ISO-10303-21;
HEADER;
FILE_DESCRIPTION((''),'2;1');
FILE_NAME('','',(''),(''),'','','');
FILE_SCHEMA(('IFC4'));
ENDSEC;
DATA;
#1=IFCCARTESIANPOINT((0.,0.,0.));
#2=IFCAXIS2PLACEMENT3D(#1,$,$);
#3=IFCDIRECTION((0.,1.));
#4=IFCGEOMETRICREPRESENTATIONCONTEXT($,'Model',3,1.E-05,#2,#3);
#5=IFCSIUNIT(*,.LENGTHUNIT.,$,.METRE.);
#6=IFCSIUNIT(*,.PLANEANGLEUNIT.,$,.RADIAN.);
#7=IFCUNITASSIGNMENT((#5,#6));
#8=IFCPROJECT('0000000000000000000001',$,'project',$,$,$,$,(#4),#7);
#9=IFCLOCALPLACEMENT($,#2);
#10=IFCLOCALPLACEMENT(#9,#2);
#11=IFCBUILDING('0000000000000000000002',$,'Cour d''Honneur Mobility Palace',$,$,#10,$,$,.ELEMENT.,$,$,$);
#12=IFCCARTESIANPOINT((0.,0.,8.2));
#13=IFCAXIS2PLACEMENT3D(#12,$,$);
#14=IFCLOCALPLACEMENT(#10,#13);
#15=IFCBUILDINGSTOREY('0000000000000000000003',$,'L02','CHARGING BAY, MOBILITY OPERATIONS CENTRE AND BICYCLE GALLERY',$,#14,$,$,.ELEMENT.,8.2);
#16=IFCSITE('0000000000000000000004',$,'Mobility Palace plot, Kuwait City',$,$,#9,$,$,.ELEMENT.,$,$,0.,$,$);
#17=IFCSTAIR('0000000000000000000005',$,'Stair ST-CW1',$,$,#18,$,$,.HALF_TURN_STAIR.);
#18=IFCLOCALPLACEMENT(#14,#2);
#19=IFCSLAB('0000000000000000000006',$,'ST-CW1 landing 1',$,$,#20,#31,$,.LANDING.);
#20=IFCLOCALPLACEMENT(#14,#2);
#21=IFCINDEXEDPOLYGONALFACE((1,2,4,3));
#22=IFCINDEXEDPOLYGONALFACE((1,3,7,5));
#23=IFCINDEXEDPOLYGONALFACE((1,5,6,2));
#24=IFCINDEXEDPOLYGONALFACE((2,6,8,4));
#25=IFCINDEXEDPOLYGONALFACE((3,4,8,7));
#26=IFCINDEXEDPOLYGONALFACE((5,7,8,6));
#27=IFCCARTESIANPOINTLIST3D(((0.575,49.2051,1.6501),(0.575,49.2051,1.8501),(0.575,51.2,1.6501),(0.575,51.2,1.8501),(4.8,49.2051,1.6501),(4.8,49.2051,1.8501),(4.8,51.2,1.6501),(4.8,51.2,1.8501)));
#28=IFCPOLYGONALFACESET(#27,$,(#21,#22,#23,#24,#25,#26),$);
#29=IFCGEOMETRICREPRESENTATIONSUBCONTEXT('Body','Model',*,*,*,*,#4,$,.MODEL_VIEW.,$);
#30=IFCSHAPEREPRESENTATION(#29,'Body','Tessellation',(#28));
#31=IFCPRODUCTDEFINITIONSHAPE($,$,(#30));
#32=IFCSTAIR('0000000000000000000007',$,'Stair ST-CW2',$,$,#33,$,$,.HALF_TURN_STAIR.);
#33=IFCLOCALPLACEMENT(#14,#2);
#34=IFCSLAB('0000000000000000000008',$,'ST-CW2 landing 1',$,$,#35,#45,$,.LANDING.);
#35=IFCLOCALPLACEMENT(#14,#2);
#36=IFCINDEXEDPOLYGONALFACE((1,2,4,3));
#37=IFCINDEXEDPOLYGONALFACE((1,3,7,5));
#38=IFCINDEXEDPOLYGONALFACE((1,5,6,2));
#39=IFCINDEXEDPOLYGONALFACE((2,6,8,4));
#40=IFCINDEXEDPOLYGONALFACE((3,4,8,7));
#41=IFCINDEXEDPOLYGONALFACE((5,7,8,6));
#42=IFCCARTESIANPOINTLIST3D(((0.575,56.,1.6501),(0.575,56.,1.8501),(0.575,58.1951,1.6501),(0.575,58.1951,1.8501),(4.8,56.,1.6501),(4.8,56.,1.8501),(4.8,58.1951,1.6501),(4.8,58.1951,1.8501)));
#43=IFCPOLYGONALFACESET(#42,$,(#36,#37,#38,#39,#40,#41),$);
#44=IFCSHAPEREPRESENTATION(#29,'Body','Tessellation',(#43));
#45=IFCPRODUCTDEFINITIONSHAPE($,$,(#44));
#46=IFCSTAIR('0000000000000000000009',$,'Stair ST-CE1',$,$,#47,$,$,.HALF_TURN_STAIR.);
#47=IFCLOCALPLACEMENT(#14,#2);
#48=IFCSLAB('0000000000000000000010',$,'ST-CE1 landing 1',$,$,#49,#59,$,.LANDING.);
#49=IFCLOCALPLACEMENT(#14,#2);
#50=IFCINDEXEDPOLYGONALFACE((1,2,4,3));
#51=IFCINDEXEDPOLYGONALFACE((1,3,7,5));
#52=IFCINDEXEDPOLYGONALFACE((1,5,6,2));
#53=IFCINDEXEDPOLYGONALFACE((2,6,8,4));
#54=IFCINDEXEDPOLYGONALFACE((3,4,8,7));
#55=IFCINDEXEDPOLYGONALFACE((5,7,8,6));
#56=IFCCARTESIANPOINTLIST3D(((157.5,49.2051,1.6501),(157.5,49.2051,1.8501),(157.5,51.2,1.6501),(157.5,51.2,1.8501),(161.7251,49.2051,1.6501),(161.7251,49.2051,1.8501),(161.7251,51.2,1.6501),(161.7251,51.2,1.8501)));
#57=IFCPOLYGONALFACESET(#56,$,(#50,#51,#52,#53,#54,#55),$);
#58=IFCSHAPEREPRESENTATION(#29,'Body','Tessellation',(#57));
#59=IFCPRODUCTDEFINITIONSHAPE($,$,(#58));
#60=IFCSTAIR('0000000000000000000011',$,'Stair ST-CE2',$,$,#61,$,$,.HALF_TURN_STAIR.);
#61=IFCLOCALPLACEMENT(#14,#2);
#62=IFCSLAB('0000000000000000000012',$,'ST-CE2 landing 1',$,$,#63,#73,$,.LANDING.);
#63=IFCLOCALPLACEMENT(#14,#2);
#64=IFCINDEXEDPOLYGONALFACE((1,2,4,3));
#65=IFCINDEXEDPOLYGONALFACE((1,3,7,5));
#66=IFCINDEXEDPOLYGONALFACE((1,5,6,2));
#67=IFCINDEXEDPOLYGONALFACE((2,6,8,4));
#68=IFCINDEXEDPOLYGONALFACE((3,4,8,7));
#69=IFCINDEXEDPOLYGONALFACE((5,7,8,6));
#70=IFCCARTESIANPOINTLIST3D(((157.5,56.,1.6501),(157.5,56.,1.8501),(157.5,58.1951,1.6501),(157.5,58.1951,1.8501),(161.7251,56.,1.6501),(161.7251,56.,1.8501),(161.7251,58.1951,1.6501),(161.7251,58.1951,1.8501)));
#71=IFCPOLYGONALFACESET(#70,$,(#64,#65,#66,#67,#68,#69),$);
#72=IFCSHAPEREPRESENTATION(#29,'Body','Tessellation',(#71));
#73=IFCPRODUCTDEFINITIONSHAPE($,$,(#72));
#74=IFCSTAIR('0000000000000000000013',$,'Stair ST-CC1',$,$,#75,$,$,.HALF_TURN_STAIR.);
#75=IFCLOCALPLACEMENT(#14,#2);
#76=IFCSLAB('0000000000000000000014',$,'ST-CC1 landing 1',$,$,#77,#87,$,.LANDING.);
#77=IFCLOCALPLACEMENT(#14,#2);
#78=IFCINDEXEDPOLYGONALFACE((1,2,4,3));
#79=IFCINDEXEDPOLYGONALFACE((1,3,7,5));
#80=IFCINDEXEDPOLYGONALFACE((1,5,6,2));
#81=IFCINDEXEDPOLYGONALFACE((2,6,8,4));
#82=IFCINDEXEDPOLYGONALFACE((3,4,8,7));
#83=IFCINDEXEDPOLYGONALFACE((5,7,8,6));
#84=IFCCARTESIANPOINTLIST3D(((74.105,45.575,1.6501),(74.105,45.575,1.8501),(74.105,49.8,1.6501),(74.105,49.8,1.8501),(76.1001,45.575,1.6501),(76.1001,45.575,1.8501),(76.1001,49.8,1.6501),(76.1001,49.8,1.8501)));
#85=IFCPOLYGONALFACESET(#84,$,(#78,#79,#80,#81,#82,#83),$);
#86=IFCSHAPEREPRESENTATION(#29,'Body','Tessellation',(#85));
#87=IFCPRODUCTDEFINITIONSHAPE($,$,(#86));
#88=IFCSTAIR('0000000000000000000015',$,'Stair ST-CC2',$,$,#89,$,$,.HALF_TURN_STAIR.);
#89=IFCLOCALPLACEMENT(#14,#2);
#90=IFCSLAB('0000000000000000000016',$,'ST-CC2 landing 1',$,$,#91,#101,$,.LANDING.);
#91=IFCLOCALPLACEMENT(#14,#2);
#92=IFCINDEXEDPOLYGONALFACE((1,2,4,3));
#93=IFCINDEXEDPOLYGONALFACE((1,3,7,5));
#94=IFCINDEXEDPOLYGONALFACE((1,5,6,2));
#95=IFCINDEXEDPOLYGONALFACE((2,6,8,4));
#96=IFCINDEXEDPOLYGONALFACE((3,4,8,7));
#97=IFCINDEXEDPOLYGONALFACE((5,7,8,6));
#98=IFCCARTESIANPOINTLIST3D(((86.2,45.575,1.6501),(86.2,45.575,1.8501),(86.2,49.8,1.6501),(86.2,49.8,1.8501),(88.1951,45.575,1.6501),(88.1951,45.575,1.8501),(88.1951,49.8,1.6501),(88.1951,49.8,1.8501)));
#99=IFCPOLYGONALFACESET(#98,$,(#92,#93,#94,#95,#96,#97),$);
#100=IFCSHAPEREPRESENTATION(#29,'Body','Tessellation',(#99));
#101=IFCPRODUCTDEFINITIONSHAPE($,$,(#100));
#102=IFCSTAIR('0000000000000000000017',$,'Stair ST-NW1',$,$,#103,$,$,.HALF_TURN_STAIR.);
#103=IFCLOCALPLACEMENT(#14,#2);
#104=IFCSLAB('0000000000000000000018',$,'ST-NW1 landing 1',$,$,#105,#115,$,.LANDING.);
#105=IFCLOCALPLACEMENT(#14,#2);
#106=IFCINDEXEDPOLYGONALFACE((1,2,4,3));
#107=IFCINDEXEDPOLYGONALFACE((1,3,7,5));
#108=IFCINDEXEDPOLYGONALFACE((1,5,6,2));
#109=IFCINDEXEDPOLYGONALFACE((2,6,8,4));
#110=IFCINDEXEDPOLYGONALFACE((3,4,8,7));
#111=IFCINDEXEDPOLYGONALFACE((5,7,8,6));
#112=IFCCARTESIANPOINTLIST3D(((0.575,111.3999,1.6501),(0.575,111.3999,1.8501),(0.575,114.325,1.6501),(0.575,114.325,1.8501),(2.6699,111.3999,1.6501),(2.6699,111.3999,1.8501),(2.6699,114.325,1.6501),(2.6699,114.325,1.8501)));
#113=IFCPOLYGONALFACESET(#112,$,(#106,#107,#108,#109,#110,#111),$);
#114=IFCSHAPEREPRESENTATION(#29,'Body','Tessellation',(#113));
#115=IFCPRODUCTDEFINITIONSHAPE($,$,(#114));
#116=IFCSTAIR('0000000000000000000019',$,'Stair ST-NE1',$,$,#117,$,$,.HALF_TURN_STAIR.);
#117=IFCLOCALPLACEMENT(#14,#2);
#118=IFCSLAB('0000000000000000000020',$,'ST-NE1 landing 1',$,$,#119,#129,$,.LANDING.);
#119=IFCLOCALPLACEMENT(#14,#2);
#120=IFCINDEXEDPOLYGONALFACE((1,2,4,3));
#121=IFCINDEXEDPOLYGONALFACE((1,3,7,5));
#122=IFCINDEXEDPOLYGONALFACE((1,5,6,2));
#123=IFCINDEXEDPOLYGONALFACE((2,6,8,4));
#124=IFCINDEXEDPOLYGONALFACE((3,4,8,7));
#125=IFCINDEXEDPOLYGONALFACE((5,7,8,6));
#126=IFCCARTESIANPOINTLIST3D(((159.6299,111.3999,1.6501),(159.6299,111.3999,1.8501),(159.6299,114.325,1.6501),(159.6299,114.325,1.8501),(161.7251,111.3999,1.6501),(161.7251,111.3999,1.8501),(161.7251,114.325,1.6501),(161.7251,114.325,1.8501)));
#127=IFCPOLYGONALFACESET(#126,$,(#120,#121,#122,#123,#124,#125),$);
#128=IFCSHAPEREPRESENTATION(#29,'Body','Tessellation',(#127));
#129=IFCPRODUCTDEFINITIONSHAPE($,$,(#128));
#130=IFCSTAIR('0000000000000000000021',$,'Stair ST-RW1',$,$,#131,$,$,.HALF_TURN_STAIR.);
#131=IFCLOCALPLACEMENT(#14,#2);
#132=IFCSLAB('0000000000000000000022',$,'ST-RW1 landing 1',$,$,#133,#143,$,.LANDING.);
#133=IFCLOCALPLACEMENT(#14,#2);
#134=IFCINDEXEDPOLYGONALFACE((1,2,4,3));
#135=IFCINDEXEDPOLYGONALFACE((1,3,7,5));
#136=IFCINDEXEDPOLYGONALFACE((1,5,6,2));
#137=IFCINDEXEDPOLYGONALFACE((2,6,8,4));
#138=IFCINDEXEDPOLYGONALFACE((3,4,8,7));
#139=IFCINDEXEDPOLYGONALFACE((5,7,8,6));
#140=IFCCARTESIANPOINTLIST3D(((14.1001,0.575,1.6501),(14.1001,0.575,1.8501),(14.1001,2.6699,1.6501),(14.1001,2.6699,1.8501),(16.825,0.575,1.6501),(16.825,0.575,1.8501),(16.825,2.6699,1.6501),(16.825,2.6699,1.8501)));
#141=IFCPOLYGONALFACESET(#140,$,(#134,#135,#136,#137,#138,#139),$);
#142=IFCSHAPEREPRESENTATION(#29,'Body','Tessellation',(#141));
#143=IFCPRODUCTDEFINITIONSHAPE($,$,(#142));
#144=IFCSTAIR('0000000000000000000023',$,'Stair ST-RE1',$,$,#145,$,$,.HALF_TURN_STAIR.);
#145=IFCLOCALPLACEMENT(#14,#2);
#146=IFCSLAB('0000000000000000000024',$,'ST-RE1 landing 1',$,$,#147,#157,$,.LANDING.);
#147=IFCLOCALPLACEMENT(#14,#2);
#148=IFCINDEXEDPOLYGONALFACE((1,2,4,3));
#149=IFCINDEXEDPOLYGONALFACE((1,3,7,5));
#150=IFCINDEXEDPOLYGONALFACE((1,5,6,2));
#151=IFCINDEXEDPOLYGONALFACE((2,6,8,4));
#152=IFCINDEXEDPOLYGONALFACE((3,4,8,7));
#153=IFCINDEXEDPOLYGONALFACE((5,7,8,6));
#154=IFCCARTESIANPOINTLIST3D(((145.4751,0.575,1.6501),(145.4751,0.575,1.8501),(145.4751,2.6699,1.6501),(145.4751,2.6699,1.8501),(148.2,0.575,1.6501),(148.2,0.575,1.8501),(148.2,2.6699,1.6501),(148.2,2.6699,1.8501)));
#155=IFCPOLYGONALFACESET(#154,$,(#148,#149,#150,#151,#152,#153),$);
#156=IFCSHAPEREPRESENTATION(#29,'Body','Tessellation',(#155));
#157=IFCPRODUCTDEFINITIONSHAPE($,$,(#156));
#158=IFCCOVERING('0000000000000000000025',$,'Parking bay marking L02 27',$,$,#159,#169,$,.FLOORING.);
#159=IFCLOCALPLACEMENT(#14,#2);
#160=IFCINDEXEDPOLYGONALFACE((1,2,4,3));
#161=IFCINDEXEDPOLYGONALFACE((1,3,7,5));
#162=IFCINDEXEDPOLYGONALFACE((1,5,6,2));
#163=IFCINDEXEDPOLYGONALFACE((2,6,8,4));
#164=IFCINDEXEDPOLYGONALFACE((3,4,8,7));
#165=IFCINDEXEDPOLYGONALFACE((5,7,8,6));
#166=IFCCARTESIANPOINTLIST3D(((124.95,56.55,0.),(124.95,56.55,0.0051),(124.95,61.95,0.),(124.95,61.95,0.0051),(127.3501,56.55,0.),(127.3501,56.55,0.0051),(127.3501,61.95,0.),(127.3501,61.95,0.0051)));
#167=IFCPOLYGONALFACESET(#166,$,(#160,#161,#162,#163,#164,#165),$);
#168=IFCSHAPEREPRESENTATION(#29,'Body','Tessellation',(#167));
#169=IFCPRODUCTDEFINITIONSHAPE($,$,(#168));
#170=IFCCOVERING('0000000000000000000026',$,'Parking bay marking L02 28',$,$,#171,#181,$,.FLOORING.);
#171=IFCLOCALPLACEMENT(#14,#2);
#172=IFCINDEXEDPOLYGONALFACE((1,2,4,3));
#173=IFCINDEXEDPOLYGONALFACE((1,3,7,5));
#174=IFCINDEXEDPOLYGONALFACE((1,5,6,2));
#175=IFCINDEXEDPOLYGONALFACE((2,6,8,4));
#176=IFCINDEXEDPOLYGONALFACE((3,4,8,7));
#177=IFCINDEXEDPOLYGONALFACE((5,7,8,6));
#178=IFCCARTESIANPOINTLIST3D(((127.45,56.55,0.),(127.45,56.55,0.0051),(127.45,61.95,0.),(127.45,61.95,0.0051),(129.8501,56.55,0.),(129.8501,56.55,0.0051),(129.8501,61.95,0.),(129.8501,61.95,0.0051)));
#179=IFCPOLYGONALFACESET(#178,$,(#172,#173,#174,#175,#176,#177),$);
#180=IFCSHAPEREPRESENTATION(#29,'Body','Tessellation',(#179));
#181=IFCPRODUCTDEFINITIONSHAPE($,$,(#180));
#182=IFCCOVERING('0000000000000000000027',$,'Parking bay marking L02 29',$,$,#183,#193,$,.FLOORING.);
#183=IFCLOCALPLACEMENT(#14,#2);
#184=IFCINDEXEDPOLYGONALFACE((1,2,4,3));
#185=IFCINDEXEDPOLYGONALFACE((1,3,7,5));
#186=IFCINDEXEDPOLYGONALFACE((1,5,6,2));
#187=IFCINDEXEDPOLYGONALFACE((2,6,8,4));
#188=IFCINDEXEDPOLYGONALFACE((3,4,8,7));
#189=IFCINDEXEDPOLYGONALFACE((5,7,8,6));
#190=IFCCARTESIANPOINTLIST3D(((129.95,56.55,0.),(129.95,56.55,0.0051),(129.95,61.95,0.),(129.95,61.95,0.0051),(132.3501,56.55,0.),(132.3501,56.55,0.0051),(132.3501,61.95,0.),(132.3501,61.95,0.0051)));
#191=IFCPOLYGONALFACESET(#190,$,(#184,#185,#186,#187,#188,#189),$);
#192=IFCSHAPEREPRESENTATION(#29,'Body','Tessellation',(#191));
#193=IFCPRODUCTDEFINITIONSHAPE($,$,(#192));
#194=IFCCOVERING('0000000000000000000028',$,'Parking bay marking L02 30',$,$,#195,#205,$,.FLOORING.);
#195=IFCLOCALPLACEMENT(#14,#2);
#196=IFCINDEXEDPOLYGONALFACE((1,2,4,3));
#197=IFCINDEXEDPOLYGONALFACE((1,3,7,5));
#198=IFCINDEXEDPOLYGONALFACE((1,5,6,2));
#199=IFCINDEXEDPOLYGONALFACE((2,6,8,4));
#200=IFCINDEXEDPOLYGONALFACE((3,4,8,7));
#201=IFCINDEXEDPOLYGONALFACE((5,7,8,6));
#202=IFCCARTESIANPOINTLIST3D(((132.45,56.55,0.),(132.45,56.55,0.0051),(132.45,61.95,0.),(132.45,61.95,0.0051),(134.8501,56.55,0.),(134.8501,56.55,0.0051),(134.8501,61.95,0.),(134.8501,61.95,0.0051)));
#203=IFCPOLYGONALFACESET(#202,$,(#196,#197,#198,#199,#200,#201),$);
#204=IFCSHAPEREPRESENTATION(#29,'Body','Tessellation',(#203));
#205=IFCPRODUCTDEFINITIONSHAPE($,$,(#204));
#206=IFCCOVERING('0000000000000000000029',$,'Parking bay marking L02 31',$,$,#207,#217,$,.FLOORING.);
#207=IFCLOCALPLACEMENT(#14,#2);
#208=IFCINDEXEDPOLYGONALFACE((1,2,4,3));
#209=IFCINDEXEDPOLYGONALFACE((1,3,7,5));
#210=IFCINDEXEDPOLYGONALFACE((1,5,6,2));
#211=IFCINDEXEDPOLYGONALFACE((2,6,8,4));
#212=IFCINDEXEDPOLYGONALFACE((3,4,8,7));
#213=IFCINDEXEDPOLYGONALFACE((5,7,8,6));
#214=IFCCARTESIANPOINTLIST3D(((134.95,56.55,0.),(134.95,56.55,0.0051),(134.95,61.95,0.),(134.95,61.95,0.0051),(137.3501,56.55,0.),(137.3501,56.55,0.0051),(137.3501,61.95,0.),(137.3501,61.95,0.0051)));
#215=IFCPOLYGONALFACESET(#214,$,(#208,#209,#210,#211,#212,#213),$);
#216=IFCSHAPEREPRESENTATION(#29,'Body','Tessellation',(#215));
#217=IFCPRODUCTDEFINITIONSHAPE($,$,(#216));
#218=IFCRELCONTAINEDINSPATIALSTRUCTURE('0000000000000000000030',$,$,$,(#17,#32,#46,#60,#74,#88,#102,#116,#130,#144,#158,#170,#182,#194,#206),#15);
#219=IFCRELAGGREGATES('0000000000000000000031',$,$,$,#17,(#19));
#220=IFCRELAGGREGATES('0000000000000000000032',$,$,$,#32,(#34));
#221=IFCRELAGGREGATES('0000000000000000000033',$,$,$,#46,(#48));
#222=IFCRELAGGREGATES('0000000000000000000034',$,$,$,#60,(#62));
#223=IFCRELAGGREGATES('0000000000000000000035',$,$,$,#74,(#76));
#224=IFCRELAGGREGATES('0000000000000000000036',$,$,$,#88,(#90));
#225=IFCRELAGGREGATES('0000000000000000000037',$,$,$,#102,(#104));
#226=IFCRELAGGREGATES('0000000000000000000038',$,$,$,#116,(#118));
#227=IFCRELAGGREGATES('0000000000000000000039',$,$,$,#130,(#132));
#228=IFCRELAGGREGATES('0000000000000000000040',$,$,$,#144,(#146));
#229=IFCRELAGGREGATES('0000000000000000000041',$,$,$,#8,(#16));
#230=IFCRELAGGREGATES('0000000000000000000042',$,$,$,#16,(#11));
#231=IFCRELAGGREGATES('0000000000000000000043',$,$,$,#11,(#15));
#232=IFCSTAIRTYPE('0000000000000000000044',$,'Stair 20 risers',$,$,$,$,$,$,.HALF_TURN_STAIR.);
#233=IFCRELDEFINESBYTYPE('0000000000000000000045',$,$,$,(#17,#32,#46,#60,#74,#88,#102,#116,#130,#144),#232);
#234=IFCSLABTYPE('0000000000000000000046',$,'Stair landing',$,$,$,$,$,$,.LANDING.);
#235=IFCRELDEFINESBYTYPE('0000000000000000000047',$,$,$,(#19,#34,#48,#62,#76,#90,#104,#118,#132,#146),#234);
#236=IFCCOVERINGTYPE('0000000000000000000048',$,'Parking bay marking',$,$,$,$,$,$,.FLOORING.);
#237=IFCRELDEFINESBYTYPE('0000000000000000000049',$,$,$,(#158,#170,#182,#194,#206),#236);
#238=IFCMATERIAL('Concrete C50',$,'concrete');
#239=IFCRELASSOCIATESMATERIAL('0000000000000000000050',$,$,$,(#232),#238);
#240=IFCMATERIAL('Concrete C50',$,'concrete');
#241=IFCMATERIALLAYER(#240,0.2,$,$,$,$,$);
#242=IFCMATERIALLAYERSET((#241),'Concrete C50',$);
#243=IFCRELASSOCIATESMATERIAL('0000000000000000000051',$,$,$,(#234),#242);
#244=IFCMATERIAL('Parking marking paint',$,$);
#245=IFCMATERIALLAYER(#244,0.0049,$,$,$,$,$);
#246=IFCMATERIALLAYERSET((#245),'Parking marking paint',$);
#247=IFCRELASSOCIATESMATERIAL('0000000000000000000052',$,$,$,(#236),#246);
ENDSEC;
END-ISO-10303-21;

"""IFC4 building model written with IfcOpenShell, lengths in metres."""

from ifc_helpers import new_model, si_unit, direction, frame, origin, place, context, subcontext, project, spatial, polyline, outline, extrude, material, layer, layer_set, type_object, element, aggregate, save


model = new_model("IFC4")

# Units and contexts
model_context = context("Model", 3, precision=1e-05, world=origin(), true_north=direction((0.0, 1.0)))
body_context = subcontext(model_context, "Body", "Model", "MODEL_VIEW")
ifc_project = project(units=[si_unit("LENGTHUNIT", "METRE"), si_unit("PLANEANGLEUNIT", "RADIAN")], contexts=[model_context])

# Site, building, storey
site_placement = place(None, origin())
site = spatial("IfcSite", under=ifc_project, at=site_placement, Name="Mobility Palace plot, Kuwait City", CompositionType="ELEMENT", RefElevation=0.0)
building_placement = place(site_placement, origin())
building = spatial("IfcBuilding", under=site, at=building_placement, Name="Cour d'Honneur Mobility Palace", CompositionType="ELEMENT")
storey_placement = place(building_placement, frame((0.0, 0.0, 8.2)))
storey = spatial("IfcBuildingStorey", under=building, at=storey_placement, Name="L02", Description="CHARGING BAY, MOBILITY OPERATIONS CENTRE AND BICYCLE GALLERY", CompositionType="ELEMENT", Elevation=8.2)

# Stairs, slabs
ifc_material_1 = material(Name="Concrete C50", Category="concrete")
stair_type = type_object("IfcStairType", Name="Stair 20 risers", PredefinedType="HALF_TURN_STAIR", material=ifc_material_1)
stair_1_placement = place(storey_placement, origin())
stair_1 = element("IfcStair", 1, at=stair_1_placement, inside=storey, type_object=stair_type, Name="Stair ST-CW1", PredefinedType="HALF_TURN_STAIR")
ifc_material_2 = material(Name="Concrete C50", Category="concrete")
ifc_layer_1 = layer(ifc_material_2, 0.2)
ifc_layer_set_1 = layer_set([ifc_layer_1], Name="Concrete C50")
slab_type = type_object("IfcSlabType", Name="Stair landing", PredefinedType="LANDING", material=ifc_layer_set_1)
slab_1_placement = place(storey_placement, frame((0.0, 0.0, 1.6501)))
slab_1 = element("IfcSlab", 2, at=slab_1_placement, type_object=slab_type, Name="ST-CW1 landing 1", PredefinedType="LANDING", context=body_context, shape_type="SweptSolid", body=[
    extrude(outline(polyline([(0.575, 49.2051), (4.8, 49.2051), (4.8, 51.2), (0.575, 51.2), (0.575, 49.2051)])), origin(), (0.0, 0.0, 1.0), 0.2),
])
aggregate(stair_1, [slab_1])
stair_2_placement = place(storey_placement, origin())
stair_2 = element("IfcStair", 3, at=stair_2_placement, inside=storey, type_object=stair_type, Name="Stair ST-CW2", PredefinedType="HALF_TURN_STAIR")
slab_2_placement = place(storey_placement, frame((0.0, 0.0, 1.6501)))
slab_2 = element("IfcSlab", 4, at=slab_2_placement, type_object=slab_type, Name="ST-CW2 landing 1", PredefinedType="LANDING", context=body_context, shape_type="SweptSolid", body=[
    extrude(outline(polyline([(0.575, 56.0), (4.8, 56.0), (4.8, 58.1951), (0.575, 58.1951), (0.575, 56.0)])), origin(), (0.0, 0.0, 1.0), 0.2),
])
aggregate(stair_2, [slab_2])
stair_3_placement = place(storey_placement, origin())
stair_3 = element("IfcStair", 5, at=stair_3_placement, inside=storey, type_object=stair_type, Name="Stair ST-CE1", PredefinedType="HALF_TURN_STAIR")
slab_3_placement = place(storey_placement, frame((0.0, 0.0, 1.6501)))
slab_3 = element("IfcSlab", 6, at=slab_3_placement, type_object=slab_type, Name="ST-CE1 landing 1", PredefinedType="LANDING", context=body_context, shape_type="SweptSolid", body=[
    extrude(outline(polyline([(157.5, 49.2051), (161.7251, 49.2051), (161.7251, 51.2), (157.5, 51.2), (157.5, 49.2051)])), origin(), (0.0, 0.0, 1.0), 0.2),
])
aggregate(stair_3, [slab_3])
stair_4_placement = place(storey_placement, origin())
stair_4 = element("IfcStair", 7, at=stair_4_placement, inside=storey, type_object=stair_type, Name="Stair ST-CE2", PredefinedType="HALF_TURN_STAIR")
slab_4_placement = place(storey_placement, frame((0.0, 0.0, 1.6501)))
slab_4 = element("IfcSlab", 8, at=slab_4_placement, type_object=slab_type, Name="ST-CE2 landing 1", PredefinedType="LANDING", context=body_context, shape_type="SweptSolid", body=[
    extrude(outline(polyline([(157.5, 56.0), (161.7251, 56.0), (161.7251, 58.1951), (157.5, 58.1951), (157.5, 56.0)])), origin(), (0.0, 0.0, 1.0), 0.2),
])
aggregate(stair_4, [slab_4])
stair_5_placement = place(storey_placement, origin())
stair_5 = element("IfcStair", 9, at=stair_5_placement, inside=storey, type_object=stair_type, Name="Stair ST-CC1", PredefinedType="HALF_TURN_STAIR")
slab_5_placement = place(storey_placement, frame((0.0, 0.0, 1.6501)))
slab_5 = element("IfcSlab", 10, at=slab_5_placement, type_object=slab_type, Name="ST-CC1 landing 1", PredefinedType="LANDING", context=body_context, shape_type="SweptSolid", body=[
    extrude(outline(polyline([(74.105, 45.575), (76.1001, 45.575), (76.1001, 49.8), (74.105, 49.8), (74.105, 45.575)])), origin(), (0.0, 0.0, 1.0), 0.2),
])
aggregate(stair_5, [slab_5])
stair_6_placement = place(storey_placement, origin())
stair_6 = element("IfcStair", 11, at=stair_6_placement, inside=storey, type_object=stair_type, Name="Stair ST-CC2", PredefinedType="HALF_TURN_STAIR")
slab_6_placement = place(storey_placement, frame((0.0, 0.0, 1.6501)))
slab_6 = element("IfcSlab", 12, at=slab_6_placement, type_object=slab_type, Name="ST-CC2 landing 1", PredefinedType="LANDING", context=body_context, shape_type="SweptSolid", body=[
    extrude(outline(polyline([(86.2, 45.575), (88.1951, 45.575), (88.1951, 49.8), (86.2, 49.8), (86.2, 45.575)])), origin(), (0.0, 0.0, 1.0), 0.2),
])
aggregate(stair_6, [slab_6])
stair_7_placement = place(storey_placement, origin())
stair_7 = element("IfcStair", 13, at=stair_7_placement, inside=storey, type_object=stair_type, Name="Stair ST-NW1", PredefinedType="HALF_TURN_STAIR")
slab_7_placement = place(storey_placement, frame((0.0, 0.0, 1.6501)))
slab_7 = element("IfcSlab", 14, at=slab_7_placement, type_object=slab_type, Name="ST-NW1 landing 1", PredefinedType="LANDING", context=body_context, shape_type="SweptSolid", body=[
    extrude(outline(polyline([(0.575, 111.3999), (2.6699, 111.3999), (2.6699, 114.325), (0.575, 114.325), (0.575, 111.3999)])), origin(), (0.0, 0.0, 1.0), 0.2),
])
aggregate(stair_7, [slab_7])
stair_8_placement = place(storey_placement, origin())
stair_8 = element("IfcStair", 15, at=stair_8_placement, inside=storey, type_object=stair_type, Name="Stair ST-NE1", PredefinedType="HALF_TURN_STAIR")
slab_8_placement = place(storey_placement, frame((0.0, 0.0, 1.6501)))
slab_8 = element("IfcSlab", 16, at=slab_8_placement, type_object=slab_type, Name="ST-NE1 landing 1", PredefinedType="LANDING", context=body_context, shape_type="SweptSolid", body=[
    extrude(outline(polyline([(159.6299, 111.3999), (161.7251, 111.3999), (161.7251, 114.325), (159.6299, 114.325), (159.6299, 111.3999)])), origin(), (0.0, 0.0, 1.0), 0.2),
])
aggregate(stair_8, [slab_8])
stair_9_placement = place(storey_placement, origin())
stair_9 = element("IfcStair", 17, at=stair_9_placement, inside=storey, type_object=stair_type, Name="Stair ST-RW1", PredefinedType="HALF_TURN_STAIR")
slab_9_placement = place(storey_placement, frame((0.0, 0.0, 1.6501)))
slab_9 = element("IfcSlab", 18, at=slab_9_placement, type_object=slab_type, Name="ST-RW1 landing 1", PredefinedType="LANDING", context=body_context, shape_type="SweptSolid", body=[
    extrude(outline(polyline([(14.1001, 0.575), (16.825, 0.575), (16.825, 2.6699), (14.1001, 2.6699), (14.1001, 0.575)])), origin(), (0.0, 0.0, 1.0), 0.2),
])
aggregate(stair_9, [slab_9])
stair_10_placement = place(storey_placement, origin())
stair_10 = element("IfcStair", 19, at=stair_10_placement, inside=storey, type_object=stair_type, Name="Stair ST-RE1", PredefinedType="HALF_TURN_STAIR")
slab_10_placement = place(storey_placement, frame((0.0, 0.0, 1.6501)))
slab_10 = element("IfcSlab", 20, at=slab_10_placement, type_object=slab_type, Name="ST-RE1 landing 1", PredefinedType="LANDING", context=body_context, shape_type="SweptSolid", body=[
    extrude(outline(polyline([(145.4751, 0.575), (148.2, 0.575), (148.2, 2.6699), (145.4751, 2.6699), (145.4751, 0.575)])), origin(), (0.0, 0.0, 1.0), 0.2),
])
aggregate(stair_10, [slab_10])

# Coverings
ifc_material_3 = material(Name="Parking marking paint")
ifc_layer_2 = layer(ifc_material_3, 0.0049)
ifc_layer_set_2 = layer_set([ifc_layer_2], Name="Parking marking paint")
covering_type_1 = type_object("IfcCoveringType", Name="Parking bay marking", PredefinedType="FLOORING", material=ifc_layer_set_2)
covering_1_placement = place(storey_placement, origin())
element("IfcCovering", 21, at=covering_1_placement, inside=storey, type_object=covering_type_1, Name="Parking bay marking L02 27", PredefinedType="FLOORING", context=body_context, shape_type="SweptSolid", body=[
    extrude(outline(polyline([(127.3501, 56.55), (124.95, 56.55), (124.95, 61.95), (127.3501, 61.95), (127.3501, 56.55)])), origin(), (0.0, 0.0, 1.0), 0.0051),
])
covering_2_placement = place(storey_placement, origin())
element("IfcCovering", 22, at=covering_2_placement, inside=storey, type_object=covering_type_1, Name="Parking bay marking L02 28", PredefinedType="FLOORING", context=body_context, shape_type="SweptSolid", body=[
    extrude(outline(polyline([(129.8501, 56.55), (127.45, 56.55), (127.45, 61.95), (129.8501, 61.95), (129.8501, 56.55)])), origin(), (0.0, 0.0, 1.0), 0.0051),
])
covering_3_placement = place(storey_placement, origin())
element("IfcCovering", 23, at=covering_3_placement, inside=storey, type_object=covering_type_1, Name="Parking bay marking L02 29", PredefinedType="FLOORING", context=body_context, shape_type="SweptSolid", body=[
    extrude(outline(polyline([(132.3501, 56.55), (129.95, 56.55), (129.95, 61.95), (132.3501, 61.95), (132.3501, 56.55)])), origin(), (0.0, 0.0, 1.0), 0.0051),
])
covering_4_placement = place(storey_placement, origin())
element("IfcCovering", 24, at=covering_4_placement, inside=storey, type_object=covering_type_1, Name="Parking bay marking L02 30", PredefinedType="FLOORING", context=body_context, shape_type="SweptSolid", body=[
    extrude(outline(polyline([(134.8501, 56.55), (132.45, 56.55), (132.45, 61.95), (134.8501, 61.95), (134.8501, 56.55)])), origin(), (0.0, 0.0, 1.0), 0.0051),
])
covering_5_placement = place(storey_placement, origin())
element("IfcCovering", 25, at=covering_5_placement, inside=storey, type_object=covering_type_1, Name="Parking bay marking L02 31", PredefinedType="FLOORING", context=body_context, shape_type="SweptSolid", body=[
    extrude(outline(polyline([(137.3501, 56.55), (134.95, 56.55), (134.95, 61.95), (137.3501, 61.95), (137.3501, 56.55)])), origin(), (0.0, 0.0, 1.0), 0.0051),
])

save(model, "model.ifc")
